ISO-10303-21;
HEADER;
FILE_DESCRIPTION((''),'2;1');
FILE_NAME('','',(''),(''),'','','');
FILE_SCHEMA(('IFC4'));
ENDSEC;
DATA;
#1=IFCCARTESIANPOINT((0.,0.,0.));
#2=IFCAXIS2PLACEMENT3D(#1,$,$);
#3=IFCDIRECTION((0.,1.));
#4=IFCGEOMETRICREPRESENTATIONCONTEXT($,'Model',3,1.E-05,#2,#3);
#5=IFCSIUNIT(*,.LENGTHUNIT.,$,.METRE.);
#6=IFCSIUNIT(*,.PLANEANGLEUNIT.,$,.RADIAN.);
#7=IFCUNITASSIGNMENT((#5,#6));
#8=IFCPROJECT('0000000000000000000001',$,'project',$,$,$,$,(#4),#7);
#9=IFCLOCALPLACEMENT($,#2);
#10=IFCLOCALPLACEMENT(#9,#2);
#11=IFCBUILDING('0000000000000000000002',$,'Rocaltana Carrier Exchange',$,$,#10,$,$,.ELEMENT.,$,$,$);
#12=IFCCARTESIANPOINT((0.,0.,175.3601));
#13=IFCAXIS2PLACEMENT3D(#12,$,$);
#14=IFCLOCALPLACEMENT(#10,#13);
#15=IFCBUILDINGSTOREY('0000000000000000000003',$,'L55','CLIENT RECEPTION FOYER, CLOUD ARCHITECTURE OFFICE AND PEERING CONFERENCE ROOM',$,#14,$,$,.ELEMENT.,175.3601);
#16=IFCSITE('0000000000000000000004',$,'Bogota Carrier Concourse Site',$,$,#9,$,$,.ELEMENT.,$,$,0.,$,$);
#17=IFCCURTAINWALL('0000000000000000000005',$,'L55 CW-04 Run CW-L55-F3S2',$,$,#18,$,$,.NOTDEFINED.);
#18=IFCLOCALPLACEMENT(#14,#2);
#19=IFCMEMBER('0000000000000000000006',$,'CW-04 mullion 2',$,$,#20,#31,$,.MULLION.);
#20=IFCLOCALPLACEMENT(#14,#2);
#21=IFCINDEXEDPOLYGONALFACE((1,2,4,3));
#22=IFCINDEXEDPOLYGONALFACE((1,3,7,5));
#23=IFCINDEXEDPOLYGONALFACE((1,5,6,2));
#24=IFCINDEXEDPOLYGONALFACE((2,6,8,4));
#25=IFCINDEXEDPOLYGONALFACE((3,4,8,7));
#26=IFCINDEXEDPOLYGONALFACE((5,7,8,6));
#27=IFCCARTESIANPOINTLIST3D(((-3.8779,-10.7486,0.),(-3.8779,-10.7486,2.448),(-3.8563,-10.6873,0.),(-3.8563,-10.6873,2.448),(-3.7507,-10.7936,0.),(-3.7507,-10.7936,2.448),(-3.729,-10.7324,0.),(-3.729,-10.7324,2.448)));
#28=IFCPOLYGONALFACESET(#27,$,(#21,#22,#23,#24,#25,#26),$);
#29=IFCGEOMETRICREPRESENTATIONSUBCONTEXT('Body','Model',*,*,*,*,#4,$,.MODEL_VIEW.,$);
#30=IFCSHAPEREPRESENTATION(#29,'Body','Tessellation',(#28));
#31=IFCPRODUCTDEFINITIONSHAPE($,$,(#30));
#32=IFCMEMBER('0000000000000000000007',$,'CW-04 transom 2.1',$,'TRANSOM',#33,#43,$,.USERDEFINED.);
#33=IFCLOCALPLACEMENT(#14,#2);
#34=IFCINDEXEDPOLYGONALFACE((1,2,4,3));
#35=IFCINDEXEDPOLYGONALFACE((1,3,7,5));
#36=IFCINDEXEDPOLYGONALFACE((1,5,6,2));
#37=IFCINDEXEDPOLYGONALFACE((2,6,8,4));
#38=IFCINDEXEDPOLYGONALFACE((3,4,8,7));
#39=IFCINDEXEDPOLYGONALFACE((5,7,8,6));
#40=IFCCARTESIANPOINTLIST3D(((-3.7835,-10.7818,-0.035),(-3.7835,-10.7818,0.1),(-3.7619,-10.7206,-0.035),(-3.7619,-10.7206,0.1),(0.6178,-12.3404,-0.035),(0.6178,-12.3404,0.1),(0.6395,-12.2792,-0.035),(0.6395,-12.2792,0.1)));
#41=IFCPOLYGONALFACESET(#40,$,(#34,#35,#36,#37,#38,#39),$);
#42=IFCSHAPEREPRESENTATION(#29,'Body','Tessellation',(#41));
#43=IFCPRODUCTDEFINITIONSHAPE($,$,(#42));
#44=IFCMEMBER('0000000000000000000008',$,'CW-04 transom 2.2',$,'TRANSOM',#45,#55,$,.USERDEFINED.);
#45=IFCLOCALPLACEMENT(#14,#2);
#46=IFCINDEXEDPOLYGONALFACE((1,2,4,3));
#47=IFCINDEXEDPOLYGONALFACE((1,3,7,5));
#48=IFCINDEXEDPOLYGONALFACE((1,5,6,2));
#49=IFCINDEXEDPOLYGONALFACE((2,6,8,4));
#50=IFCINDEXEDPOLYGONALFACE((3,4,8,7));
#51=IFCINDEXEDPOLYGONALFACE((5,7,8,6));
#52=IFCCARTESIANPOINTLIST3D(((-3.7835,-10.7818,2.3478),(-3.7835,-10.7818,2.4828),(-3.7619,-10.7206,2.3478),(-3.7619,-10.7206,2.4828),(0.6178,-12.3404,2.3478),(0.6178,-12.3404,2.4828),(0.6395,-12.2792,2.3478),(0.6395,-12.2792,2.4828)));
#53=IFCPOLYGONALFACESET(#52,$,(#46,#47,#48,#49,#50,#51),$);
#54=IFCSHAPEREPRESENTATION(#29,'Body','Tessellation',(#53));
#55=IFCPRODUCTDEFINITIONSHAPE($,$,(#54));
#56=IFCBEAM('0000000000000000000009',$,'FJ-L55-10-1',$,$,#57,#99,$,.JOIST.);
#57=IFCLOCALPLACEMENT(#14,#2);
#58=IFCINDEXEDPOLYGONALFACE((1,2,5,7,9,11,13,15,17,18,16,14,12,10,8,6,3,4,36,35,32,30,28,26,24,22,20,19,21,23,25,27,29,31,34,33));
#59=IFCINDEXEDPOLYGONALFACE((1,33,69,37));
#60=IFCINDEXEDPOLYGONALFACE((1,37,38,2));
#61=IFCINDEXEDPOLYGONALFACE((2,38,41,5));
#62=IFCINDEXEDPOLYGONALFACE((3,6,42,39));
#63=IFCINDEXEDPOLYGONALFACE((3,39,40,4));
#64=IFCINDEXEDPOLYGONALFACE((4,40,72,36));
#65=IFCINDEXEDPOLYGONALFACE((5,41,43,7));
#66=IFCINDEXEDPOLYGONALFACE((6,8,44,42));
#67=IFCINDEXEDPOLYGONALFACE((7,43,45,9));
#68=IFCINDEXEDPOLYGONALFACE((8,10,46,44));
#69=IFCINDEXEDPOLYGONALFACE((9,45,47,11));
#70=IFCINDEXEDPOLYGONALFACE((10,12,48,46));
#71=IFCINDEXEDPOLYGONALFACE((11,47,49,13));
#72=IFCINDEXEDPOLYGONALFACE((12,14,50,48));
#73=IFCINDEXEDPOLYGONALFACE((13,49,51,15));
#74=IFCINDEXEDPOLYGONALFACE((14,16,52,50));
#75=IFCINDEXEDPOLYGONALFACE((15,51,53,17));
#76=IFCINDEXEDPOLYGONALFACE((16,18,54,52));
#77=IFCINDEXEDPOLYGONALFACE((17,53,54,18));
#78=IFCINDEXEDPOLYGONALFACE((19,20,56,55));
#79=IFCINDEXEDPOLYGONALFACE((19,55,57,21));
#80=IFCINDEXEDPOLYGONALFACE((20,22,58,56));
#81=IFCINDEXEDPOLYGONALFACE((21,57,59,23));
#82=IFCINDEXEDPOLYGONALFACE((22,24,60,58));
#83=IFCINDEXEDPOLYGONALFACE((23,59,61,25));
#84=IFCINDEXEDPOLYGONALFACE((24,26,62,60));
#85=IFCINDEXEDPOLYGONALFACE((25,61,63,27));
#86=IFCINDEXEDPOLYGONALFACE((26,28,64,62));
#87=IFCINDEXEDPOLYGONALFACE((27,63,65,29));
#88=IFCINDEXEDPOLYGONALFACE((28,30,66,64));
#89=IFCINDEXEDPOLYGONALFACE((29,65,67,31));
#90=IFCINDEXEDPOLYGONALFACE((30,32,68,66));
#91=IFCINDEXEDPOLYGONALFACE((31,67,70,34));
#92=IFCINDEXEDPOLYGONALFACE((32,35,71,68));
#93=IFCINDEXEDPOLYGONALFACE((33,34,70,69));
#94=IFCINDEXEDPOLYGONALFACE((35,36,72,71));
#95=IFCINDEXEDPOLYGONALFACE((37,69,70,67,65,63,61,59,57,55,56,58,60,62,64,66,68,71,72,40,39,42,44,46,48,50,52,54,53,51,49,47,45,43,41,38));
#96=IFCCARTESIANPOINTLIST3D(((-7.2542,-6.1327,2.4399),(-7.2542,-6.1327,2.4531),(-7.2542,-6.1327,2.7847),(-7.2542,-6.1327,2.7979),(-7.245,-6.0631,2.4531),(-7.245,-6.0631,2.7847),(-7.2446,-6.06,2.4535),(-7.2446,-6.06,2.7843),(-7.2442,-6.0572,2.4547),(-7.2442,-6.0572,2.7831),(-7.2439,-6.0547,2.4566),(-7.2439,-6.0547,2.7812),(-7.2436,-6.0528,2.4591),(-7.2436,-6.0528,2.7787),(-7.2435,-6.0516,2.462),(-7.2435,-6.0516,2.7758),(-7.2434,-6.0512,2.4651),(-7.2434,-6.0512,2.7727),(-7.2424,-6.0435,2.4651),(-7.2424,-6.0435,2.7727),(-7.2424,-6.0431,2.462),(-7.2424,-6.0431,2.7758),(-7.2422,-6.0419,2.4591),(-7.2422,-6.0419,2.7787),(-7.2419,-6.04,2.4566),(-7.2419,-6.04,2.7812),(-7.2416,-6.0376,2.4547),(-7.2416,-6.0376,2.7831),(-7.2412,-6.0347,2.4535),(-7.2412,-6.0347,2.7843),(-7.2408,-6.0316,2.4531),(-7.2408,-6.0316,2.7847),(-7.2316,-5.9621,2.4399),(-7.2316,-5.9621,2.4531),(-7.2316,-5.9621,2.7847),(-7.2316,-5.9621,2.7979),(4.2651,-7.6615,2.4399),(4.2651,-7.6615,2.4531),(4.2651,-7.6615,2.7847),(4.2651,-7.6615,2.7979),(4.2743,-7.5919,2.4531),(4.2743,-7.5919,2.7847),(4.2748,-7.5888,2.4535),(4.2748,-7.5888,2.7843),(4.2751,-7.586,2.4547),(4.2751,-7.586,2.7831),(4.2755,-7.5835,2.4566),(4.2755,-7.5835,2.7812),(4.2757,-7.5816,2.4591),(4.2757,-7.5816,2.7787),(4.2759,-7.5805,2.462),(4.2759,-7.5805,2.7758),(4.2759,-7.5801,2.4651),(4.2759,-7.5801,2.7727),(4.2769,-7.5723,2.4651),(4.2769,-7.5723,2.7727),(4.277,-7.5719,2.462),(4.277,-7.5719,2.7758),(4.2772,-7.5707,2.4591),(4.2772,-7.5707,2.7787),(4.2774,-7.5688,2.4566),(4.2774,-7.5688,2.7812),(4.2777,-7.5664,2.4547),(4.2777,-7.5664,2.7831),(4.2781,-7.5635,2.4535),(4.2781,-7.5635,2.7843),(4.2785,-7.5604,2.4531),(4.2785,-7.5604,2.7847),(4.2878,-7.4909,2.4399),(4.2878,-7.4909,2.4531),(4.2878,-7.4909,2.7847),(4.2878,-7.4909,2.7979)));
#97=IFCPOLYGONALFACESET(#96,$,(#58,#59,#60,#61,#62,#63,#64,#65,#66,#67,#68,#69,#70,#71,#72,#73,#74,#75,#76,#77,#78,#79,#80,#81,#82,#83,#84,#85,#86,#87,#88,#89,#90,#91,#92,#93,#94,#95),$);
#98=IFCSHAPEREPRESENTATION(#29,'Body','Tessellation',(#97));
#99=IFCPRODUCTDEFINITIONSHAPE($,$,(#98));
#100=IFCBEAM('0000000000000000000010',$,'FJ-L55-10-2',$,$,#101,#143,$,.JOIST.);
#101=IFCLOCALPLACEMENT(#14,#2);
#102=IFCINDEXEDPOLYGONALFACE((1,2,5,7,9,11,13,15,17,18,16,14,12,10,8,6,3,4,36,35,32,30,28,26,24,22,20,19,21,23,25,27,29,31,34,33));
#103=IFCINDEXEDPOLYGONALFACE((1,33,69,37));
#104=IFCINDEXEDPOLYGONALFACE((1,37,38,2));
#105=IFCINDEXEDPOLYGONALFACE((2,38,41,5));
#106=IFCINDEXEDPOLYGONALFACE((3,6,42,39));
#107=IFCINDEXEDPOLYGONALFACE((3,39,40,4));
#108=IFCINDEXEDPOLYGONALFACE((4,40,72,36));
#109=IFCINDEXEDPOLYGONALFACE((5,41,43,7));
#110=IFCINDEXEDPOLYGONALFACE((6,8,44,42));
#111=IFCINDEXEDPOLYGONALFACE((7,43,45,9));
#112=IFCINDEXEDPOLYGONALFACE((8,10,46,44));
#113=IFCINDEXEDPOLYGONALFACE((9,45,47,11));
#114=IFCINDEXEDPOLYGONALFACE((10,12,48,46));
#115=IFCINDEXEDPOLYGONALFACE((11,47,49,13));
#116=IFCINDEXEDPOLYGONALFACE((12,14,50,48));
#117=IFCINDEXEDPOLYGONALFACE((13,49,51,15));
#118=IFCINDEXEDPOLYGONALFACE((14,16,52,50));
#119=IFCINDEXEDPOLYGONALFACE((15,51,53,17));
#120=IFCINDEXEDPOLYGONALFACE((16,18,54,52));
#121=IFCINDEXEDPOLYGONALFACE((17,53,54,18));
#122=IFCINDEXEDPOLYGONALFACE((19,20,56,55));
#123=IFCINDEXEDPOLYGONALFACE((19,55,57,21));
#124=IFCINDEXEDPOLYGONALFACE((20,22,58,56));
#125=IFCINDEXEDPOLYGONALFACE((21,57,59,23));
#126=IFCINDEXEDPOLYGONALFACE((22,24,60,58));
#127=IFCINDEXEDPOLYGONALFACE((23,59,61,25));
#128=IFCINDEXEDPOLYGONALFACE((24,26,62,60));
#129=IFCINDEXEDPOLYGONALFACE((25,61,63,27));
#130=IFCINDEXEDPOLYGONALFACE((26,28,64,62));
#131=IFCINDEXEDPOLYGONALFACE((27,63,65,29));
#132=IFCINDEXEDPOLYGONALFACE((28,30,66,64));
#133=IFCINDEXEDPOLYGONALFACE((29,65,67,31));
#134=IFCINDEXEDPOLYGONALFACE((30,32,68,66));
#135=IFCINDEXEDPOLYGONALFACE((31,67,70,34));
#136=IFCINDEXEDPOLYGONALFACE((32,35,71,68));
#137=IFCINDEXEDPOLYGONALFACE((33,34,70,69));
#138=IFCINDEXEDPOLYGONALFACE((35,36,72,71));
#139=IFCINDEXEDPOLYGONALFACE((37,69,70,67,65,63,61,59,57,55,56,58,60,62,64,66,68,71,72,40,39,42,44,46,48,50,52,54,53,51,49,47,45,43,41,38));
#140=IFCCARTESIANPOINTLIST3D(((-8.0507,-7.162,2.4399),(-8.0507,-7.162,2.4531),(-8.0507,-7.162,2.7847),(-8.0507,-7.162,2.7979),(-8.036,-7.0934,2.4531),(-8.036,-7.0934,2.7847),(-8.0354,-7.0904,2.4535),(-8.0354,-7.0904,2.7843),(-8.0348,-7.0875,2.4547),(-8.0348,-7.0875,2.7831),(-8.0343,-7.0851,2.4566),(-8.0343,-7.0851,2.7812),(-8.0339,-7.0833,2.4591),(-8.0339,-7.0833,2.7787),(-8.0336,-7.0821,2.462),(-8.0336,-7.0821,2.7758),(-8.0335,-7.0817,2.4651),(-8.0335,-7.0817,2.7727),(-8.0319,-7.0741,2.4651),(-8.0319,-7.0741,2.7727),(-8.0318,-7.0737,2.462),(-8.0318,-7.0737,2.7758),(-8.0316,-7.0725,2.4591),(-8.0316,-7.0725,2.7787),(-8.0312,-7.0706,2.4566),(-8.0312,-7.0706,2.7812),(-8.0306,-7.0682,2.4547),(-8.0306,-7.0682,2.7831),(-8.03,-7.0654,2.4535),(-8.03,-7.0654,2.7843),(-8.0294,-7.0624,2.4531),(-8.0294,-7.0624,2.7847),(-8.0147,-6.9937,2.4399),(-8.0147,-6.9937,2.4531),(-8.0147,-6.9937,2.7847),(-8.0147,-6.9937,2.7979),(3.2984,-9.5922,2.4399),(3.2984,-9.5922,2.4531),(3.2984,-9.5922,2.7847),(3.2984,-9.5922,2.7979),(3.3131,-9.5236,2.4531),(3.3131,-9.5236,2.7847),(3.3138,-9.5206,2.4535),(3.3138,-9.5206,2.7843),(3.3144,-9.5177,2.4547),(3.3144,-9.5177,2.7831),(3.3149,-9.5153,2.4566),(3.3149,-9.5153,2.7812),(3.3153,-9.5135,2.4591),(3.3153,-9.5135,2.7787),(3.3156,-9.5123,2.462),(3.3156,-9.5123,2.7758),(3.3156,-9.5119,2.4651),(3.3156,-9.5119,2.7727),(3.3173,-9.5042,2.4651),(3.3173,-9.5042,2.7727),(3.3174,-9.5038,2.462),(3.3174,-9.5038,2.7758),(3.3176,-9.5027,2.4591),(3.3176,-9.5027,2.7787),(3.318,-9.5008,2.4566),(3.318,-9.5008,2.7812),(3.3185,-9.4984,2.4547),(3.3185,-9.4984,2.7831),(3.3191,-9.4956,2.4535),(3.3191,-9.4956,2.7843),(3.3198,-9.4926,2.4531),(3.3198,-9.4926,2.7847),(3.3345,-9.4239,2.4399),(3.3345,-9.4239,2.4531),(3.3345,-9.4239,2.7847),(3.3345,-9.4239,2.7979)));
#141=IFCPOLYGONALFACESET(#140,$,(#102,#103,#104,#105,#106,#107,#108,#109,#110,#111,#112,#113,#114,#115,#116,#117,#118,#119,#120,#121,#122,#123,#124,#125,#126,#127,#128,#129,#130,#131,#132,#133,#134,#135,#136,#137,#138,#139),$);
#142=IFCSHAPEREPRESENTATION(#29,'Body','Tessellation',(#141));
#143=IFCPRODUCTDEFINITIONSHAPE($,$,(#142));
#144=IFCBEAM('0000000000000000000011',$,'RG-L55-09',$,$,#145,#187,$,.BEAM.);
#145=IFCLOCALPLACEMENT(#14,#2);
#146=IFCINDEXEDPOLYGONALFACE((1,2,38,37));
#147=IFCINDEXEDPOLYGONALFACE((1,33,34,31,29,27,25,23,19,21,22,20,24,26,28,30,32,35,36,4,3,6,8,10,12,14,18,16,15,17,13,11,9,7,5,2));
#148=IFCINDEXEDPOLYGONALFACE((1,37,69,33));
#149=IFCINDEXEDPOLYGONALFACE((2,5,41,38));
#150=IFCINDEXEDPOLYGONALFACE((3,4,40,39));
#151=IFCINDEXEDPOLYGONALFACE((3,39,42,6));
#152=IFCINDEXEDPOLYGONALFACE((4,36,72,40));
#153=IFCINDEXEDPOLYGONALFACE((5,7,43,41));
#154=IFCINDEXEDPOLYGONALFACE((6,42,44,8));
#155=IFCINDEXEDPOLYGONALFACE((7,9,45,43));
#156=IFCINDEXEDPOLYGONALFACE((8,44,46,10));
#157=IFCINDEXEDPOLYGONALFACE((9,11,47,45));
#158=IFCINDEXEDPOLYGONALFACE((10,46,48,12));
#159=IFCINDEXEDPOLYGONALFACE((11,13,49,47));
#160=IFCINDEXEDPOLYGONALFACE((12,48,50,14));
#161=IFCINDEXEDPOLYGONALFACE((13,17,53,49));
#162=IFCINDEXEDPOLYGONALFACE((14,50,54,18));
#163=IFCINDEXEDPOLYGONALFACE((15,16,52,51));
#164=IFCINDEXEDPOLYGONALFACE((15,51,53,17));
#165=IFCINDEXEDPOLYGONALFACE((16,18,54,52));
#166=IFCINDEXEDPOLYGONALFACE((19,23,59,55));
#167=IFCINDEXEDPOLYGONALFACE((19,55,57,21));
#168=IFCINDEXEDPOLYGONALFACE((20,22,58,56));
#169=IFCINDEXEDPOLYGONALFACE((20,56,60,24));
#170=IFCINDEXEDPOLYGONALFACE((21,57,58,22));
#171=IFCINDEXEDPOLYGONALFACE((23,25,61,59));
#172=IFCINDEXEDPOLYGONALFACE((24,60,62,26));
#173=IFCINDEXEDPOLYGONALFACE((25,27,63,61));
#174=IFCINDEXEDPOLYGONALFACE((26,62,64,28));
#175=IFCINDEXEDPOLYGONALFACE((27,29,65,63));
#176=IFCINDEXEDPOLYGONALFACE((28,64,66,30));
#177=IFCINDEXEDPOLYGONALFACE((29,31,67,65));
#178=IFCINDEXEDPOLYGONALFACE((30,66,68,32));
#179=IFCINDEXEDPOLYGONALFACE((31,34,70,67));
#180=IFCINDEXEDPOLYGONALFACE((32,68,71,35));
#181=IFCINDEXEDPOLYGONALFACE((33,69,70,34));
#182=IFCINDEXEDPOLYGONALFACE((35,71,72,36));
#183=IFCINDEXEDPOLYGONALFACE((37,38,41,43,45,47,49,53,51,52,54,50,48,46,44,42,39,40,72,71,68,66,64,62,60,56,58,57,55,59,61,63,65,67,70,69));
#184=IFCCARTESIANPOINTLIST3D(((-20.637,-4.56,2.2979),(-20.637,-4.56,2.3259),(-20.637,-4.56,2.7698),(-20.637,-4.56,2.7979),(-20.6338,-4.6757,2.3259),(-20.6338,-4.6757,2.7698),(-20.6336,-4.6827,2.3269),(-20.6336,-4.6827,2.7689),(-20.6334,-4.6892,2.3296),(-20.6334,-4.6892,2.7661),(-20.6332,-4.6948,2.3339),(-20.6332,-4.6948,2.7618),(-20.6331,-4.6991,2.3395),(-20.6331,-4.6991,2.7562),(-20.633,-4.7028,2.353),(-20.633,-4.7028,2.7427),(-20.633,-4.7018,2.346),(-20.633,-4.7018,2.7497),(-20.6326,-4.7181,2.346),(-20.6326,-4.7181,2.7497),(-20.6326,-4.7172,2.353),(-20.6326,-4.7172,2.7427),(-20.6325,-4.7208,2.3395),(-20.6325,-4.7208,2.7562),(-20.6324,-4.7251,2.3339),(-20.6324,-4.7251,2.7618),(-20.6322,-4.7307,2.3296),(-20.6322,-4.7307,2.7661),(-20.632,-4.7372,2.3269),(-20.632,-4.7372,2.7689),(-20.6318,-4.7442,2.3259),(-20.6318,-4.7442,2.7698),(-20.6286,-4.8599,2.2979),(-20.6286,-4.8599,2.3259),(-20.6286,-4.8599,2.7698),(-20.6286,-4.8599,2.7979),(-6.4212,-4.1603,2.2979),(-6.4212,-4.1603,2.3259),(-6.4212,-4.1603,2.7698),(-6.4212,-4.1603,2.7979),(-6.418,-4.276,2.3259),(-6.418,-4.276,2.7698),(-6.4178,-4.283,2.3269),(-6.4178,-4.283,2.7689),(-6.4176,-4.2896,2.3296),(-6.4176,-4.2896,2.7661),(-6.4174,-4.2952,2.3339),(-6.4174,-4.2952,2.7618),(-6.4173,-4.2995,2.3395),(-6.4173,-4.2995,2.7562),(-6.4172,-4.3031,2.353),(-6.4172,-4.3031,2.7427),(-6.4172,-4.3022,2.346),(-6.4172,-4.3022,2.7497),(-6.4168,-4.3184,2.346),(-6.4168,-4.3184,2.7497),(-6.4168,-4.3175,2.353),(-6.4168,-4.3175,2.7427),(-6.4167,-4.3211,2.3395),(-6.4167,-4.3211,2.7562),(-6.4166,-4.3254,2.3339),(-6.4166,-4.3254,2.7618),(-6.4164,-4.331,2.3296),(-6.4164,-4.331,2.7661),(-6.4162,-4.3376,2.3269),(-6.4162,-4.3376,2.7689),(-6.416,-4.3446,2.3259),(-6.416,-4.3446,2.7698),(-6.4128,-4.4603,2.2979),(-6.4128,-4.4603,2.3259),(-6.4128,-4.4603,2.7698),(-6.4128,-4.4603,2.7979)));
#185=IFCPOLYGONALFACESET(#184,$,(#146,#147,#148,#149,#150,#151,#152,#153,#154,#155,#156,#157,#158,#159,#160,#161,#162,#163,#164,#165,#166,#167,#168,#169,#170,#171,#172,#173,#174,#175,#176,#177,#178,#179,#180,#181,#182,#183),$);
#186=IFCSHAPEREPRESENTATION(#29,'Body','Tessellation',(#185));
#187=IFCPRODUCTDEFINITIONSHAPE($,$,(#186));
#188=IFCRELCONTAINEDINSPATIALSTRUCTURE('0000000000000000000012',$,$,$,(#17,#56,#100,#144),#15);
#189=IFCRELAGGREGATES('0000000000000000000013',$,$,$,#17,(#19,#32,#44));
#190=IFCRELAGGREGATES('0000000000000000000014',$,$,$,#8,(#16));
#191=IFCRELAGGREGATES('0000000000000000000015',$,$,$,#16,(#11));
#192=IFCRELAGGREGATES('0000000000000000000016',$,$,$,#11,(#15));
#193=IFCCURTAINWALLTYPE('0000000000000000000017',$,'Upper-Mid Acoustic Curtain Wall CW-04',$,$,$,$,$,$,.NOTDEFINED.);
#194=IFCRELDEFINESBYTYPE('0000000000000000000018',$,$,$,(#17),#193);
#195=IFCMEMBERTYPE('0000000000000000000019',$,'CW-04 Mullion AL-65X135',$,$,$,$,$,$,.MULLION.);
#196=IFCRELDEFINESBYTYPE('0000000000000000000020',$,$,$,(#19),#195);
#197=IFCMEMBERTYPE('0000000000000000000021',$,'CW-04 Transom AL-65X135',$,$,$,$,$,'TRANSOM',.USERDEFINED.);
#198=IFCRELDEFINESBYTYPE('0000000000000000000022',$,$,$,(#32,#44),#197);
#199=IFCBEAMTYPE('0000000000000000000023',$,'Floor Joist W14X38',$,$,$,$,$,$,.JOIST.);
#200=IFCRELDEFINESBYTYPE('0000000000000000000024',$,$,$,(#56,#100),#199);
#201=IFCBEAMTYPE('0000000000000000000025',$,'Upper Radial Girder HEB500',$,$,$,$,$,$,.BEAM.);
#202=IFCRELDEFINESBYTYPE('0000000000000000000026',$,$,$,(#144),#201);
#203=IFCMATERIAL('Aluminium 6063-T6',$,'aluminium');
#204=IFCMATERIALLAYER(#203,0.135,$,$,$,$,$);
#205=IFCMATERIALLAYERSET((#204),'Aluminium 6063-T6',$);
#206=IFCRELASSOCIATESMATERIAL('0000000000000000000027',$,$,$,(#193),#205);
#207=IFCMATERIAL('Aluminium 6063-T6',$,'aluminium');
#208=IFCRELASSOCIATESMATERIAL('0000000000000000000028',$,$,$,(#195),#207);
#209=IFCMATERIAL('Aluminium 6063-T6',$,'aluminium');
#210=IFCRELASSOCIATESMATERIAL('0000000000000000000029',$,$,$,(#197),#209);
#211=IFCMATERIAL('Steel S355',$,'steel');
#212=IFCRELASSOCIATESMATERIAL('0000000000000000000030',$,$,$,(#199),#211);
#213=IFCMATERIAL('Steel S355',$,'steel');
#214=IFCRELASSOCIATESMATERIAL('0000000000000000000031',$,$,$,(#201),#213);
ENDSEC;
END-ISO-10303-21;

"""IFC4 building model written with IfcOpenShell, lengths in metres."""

from ifc_helpers import new_model, si_unit, direction, frame, origin, origin_2d, place, context, subcontext, project, spatial, rectangle, i_section, extrude, material, layer, layer_set, material_profile, profile_set, type_object, element, aggregate, save


model = new_model("IFC4")

# Units and contexts
model_context = context("Model", 3, precision=1e-05, world=origin(), true_north=direction((0.0, 1.0)))
body_context = subcontext(model_context, "Body", "Model", "MODEL_VIEW")
ifc_project = project(units=[si_unit("LENGTHUNIT", "METRE"), si_unit("PLANEANGLEUNIT", "RADIAN")], contexts=[model_context])

# Site, building, storey
site_placement = place(None, origin())
site = spatial("IfcSite", under=ifc_project, at=site_placement, Name="Bogota Carrier Concourse Site", CompositionType="ELEMENT", RefElevation=0.0)
building_placement = place(site_placement, origin())
building = spatial("IfcBuilding", under=site, at=building_placement, Name="Rocaltana Carrier Exchange", CompositionType="ELEMENT")
storey_placement = place(building_placement, frame((0.0, 0.0, 175.3601)))
storey = spatial("IfcBuildingStorey", under=building, at=storey_placement, Name="L55", Description="CLIENT RECEPTION FOYER, CLOUD ARCHITECTURE OFFICE AND PEERING CONFERENCE ROOM", CompositionType="ELEMENT", Elevation=175.3601)

# Curtain wall, members
ifc_material_1 = material(Name="Aluminium 6063-T6", Category="aluminium")
ifc_layer_1 = layer(ifc_material_1, 0.135)
ifc_layer_set_1 = layer_set([ifc_layer_1], Name="Aluminium 6063-T6")
curtain_wall_type = type_object("IfcCurtainWallType", Name="Upper-Mid Acoustic Curtain Wall CW-04", PredefinedType="NOTDEFINED", material=ifc_layer_set_1)
curtain_wall_placement = place(storey_placement, origin())
curtain_wall = element("IfcCurtainWall", 1, at=curtain_wall_placement, inside=storey, type_object=curtain_wall_type, Name="L55 CW-04 Run CW-L55-F3S2", PredefinedType="NOTDEFINED")
ifc_material_2 = material(Name="Aluminium 6063-T6", Category="aluminium")
ifc_material_profile_1 = material_profile(ifc_material_2, rectangle(XDim=0.0649, YDim=0.135, at=origin_2d()), Name="AL-65X135")
ifc_profile_set_1 = profile_set([ifc_material_profile_1], Name="Aluminium 6063-T6")
member_type_1 = type_object("IfcMemberType", Name="CW-04 Mullion AL-65X135", PredefinedType="MULLION", material=ifc_profile_set_1)
member_1_placement = place(storey_placement, frame((-3.8035, -10.7405, 0.0), z_axis=(0.0, 0.0, 1.0), x_axis=(0.333799, 0.942644, 0.0)))
member_1 = element("IfcMember", 2, at=member_1_placement, type_object=member_type_1, Name="CW-04 mullion 2", PredefinedType="MULLION", context=body_context, shape_type="SweptSolid", body=[
    extrude(rectangle(XDim=0.0649, YDim=0.135, at=origin_2d()), origin(), (0.0, 0.0, 1.0), 2.448),
])
ifc_material_3 = material(Name="Aluminium 6063-T6", Category="aluminium")
ifc_material_profile_2 = material_profile(ifc_material_3, rectangle(XDim=0.0649, YDim=0.135, at=origin_2d()), Name="AL-65X135")
ifc_profile_set_2 = profile_set([ifc_material_profile_2], Name="Aluminium 6063-T6")
member_type_2 = type_object("IfcMemberType", Name="CW-04 Transom AL-65X135", ElementType="TRANSOM", PredefinedType="USERDEFINED", material=ifc_profile_set_2)
member_2_placement = place(storey_placement, frame((-3.7727, -10.7512, 0.0325), z_axis=(0.942642, -0.333805, 0.0), x_axis=(0.333805, 0.942642, 0.0)))
member_2 = element("IfcMember", 3, at=member_2_placement, type_object=member_type_2, Name="CW-04 transom 2.1", ObjectType="TRANSOM", PredefinedType="USERDEFINED", context=body_context, shape_type="SweptSolid", body=[
    extrude(rectangle(XDim=0.0649, YDim=0.135, at=origin_2d()), origin(), (0.0, 0.0, 1.0), 4.6692),
])
member_3_placement = place(storey_placement, frame((-3.7727, -10.7512, 2.4153), z_axis=(0.942642, -0.333805, 0.0), x_axis=(0.333805, 0.942642, 0.0)))
member_3 = element("IfcMember", 4, at=member_3_placement, type_object=member_type_2, Name="CW-04 transom 2.2", ObjectType="TRANSOM", PredefinedType="USERDEFINED", context=body_context, shape_type="SweptSolid", body=[
    extrude(rectangle(XDim=0.0649, YDim=0.135, at=origin_2d()), origin(), (0.0, 0.0, 1.0), 4.6692),
])

# Beams
ifc_material_4 = material(Name="Steel S355", Category="steel")
ifc_material_profile_3 = material_profile(ifc_material_4, i_section(OverallWidth=0.1721, OverallDepth=0.3579, WebThickness=0.0078, FlangeThickness=0.0132, FilletRadius=0.012, at=origin_2d()), Name="W14X38")
ifc_profile_set_3 = profile_set([ifc_material_profile_3], Name="Steel S355")
beam_type_1 = type_object("IfcBeamType", Name="Floor Joist W14X38", PredefinedType="JOIST", material=ifc_profile_set_3)
beam_1_placement = place(storey_placement, frame((-7.2429, -6.0474, 2.6189), z_axis=(0.991308, -0.131564, 0.0), x_axis=(0.131564, 0.991308, 0.0)))
element("IfcBeam", 5, at=beam_1_placement, inside=storey, type_object=beam_type_1, Name="FJ-L55-10-1", PredefinedType="JOIST", context=body_context, shape_type="SweptSolid", body=[
    extrude(i_section(OverallWidth=0.1721, OverallDepth=0.3579, WebThickness=0.0078, FlangeThickness=0.0132, FilletRadius=0.012, at=origin_2d()), origin(), (0.0, 0.0, 1.0), 11.6204),
])
beam_2_placement = place(storey_placement, frame((-8.0327, -7.0779, 2.6189), z_axis=(0.977834, -0.209383, 0.0), x_axis=(0.209383, 0.977834, 0.0)))
element("IfcBeam", 6, at=beam_2_placement, inside=storey, type_object=beam_type_1, Name="FJ-L55-10-2", PredefinedType="JOIST", context=body_context, shape_type="SweptSolid", body=[
    extrude(i_section(OverallWidth=0.1721, OverallDepth=0.3579, WebThickness=0.0078, FlangeThickness=0.0132, FilletRadius=0.012, at=origin_2d()), origin(), (0.0, 0.0, 1.0), 11.6064),
])
ifc_material_5 = material(Name="Steel S355", Category="steel")
ifc_material_profile_4 = material_profile(ifc_material_5, i_section(OverallWidth=0.3, OverallDepth=0.5, WebThickness=0.0144, FlangeThickness=0.0281, FilletRadius=0.0271, at=origin_2d()), Name="HEB500")
ifc_profile_set_4 = profile_set([ifc_material_profile_4], Name="Steel S355")
beam_type_2 = type_object("IfcBeamType", Name="Upper Radial Girder HEB500", PredefinedType="BEAM", material=ifc_profile_set_4)
beam_3_placement = place(storey_placement, frame((-6.417, -4.3103, 2.5479), z_axis=(-0.999605, -0.028103, 0.0), x_axis=(0.028103, -0.999605, 0.0)))
element("IfcBeam", 7, at=beam_3_placement, inside=storey, type_object=beam_type_2, Name="RG-L55-09", PredefinedType="BEAM", context=body_context, shape_type="SweptSolid", body=[
    extrude(i_section(OverallWidth=0.3, OverallDepth=0.5, WebThickness=0.0144, FlangeThickness=0.0281, FilletRadius=0.0271, at=origin_2d()), origin(), (0.0, 0.0, 1.0), 14.2214),
])

aggregate(curtain_wall, [member_1, member_2, member_3])

save(model, "model.ifc")
